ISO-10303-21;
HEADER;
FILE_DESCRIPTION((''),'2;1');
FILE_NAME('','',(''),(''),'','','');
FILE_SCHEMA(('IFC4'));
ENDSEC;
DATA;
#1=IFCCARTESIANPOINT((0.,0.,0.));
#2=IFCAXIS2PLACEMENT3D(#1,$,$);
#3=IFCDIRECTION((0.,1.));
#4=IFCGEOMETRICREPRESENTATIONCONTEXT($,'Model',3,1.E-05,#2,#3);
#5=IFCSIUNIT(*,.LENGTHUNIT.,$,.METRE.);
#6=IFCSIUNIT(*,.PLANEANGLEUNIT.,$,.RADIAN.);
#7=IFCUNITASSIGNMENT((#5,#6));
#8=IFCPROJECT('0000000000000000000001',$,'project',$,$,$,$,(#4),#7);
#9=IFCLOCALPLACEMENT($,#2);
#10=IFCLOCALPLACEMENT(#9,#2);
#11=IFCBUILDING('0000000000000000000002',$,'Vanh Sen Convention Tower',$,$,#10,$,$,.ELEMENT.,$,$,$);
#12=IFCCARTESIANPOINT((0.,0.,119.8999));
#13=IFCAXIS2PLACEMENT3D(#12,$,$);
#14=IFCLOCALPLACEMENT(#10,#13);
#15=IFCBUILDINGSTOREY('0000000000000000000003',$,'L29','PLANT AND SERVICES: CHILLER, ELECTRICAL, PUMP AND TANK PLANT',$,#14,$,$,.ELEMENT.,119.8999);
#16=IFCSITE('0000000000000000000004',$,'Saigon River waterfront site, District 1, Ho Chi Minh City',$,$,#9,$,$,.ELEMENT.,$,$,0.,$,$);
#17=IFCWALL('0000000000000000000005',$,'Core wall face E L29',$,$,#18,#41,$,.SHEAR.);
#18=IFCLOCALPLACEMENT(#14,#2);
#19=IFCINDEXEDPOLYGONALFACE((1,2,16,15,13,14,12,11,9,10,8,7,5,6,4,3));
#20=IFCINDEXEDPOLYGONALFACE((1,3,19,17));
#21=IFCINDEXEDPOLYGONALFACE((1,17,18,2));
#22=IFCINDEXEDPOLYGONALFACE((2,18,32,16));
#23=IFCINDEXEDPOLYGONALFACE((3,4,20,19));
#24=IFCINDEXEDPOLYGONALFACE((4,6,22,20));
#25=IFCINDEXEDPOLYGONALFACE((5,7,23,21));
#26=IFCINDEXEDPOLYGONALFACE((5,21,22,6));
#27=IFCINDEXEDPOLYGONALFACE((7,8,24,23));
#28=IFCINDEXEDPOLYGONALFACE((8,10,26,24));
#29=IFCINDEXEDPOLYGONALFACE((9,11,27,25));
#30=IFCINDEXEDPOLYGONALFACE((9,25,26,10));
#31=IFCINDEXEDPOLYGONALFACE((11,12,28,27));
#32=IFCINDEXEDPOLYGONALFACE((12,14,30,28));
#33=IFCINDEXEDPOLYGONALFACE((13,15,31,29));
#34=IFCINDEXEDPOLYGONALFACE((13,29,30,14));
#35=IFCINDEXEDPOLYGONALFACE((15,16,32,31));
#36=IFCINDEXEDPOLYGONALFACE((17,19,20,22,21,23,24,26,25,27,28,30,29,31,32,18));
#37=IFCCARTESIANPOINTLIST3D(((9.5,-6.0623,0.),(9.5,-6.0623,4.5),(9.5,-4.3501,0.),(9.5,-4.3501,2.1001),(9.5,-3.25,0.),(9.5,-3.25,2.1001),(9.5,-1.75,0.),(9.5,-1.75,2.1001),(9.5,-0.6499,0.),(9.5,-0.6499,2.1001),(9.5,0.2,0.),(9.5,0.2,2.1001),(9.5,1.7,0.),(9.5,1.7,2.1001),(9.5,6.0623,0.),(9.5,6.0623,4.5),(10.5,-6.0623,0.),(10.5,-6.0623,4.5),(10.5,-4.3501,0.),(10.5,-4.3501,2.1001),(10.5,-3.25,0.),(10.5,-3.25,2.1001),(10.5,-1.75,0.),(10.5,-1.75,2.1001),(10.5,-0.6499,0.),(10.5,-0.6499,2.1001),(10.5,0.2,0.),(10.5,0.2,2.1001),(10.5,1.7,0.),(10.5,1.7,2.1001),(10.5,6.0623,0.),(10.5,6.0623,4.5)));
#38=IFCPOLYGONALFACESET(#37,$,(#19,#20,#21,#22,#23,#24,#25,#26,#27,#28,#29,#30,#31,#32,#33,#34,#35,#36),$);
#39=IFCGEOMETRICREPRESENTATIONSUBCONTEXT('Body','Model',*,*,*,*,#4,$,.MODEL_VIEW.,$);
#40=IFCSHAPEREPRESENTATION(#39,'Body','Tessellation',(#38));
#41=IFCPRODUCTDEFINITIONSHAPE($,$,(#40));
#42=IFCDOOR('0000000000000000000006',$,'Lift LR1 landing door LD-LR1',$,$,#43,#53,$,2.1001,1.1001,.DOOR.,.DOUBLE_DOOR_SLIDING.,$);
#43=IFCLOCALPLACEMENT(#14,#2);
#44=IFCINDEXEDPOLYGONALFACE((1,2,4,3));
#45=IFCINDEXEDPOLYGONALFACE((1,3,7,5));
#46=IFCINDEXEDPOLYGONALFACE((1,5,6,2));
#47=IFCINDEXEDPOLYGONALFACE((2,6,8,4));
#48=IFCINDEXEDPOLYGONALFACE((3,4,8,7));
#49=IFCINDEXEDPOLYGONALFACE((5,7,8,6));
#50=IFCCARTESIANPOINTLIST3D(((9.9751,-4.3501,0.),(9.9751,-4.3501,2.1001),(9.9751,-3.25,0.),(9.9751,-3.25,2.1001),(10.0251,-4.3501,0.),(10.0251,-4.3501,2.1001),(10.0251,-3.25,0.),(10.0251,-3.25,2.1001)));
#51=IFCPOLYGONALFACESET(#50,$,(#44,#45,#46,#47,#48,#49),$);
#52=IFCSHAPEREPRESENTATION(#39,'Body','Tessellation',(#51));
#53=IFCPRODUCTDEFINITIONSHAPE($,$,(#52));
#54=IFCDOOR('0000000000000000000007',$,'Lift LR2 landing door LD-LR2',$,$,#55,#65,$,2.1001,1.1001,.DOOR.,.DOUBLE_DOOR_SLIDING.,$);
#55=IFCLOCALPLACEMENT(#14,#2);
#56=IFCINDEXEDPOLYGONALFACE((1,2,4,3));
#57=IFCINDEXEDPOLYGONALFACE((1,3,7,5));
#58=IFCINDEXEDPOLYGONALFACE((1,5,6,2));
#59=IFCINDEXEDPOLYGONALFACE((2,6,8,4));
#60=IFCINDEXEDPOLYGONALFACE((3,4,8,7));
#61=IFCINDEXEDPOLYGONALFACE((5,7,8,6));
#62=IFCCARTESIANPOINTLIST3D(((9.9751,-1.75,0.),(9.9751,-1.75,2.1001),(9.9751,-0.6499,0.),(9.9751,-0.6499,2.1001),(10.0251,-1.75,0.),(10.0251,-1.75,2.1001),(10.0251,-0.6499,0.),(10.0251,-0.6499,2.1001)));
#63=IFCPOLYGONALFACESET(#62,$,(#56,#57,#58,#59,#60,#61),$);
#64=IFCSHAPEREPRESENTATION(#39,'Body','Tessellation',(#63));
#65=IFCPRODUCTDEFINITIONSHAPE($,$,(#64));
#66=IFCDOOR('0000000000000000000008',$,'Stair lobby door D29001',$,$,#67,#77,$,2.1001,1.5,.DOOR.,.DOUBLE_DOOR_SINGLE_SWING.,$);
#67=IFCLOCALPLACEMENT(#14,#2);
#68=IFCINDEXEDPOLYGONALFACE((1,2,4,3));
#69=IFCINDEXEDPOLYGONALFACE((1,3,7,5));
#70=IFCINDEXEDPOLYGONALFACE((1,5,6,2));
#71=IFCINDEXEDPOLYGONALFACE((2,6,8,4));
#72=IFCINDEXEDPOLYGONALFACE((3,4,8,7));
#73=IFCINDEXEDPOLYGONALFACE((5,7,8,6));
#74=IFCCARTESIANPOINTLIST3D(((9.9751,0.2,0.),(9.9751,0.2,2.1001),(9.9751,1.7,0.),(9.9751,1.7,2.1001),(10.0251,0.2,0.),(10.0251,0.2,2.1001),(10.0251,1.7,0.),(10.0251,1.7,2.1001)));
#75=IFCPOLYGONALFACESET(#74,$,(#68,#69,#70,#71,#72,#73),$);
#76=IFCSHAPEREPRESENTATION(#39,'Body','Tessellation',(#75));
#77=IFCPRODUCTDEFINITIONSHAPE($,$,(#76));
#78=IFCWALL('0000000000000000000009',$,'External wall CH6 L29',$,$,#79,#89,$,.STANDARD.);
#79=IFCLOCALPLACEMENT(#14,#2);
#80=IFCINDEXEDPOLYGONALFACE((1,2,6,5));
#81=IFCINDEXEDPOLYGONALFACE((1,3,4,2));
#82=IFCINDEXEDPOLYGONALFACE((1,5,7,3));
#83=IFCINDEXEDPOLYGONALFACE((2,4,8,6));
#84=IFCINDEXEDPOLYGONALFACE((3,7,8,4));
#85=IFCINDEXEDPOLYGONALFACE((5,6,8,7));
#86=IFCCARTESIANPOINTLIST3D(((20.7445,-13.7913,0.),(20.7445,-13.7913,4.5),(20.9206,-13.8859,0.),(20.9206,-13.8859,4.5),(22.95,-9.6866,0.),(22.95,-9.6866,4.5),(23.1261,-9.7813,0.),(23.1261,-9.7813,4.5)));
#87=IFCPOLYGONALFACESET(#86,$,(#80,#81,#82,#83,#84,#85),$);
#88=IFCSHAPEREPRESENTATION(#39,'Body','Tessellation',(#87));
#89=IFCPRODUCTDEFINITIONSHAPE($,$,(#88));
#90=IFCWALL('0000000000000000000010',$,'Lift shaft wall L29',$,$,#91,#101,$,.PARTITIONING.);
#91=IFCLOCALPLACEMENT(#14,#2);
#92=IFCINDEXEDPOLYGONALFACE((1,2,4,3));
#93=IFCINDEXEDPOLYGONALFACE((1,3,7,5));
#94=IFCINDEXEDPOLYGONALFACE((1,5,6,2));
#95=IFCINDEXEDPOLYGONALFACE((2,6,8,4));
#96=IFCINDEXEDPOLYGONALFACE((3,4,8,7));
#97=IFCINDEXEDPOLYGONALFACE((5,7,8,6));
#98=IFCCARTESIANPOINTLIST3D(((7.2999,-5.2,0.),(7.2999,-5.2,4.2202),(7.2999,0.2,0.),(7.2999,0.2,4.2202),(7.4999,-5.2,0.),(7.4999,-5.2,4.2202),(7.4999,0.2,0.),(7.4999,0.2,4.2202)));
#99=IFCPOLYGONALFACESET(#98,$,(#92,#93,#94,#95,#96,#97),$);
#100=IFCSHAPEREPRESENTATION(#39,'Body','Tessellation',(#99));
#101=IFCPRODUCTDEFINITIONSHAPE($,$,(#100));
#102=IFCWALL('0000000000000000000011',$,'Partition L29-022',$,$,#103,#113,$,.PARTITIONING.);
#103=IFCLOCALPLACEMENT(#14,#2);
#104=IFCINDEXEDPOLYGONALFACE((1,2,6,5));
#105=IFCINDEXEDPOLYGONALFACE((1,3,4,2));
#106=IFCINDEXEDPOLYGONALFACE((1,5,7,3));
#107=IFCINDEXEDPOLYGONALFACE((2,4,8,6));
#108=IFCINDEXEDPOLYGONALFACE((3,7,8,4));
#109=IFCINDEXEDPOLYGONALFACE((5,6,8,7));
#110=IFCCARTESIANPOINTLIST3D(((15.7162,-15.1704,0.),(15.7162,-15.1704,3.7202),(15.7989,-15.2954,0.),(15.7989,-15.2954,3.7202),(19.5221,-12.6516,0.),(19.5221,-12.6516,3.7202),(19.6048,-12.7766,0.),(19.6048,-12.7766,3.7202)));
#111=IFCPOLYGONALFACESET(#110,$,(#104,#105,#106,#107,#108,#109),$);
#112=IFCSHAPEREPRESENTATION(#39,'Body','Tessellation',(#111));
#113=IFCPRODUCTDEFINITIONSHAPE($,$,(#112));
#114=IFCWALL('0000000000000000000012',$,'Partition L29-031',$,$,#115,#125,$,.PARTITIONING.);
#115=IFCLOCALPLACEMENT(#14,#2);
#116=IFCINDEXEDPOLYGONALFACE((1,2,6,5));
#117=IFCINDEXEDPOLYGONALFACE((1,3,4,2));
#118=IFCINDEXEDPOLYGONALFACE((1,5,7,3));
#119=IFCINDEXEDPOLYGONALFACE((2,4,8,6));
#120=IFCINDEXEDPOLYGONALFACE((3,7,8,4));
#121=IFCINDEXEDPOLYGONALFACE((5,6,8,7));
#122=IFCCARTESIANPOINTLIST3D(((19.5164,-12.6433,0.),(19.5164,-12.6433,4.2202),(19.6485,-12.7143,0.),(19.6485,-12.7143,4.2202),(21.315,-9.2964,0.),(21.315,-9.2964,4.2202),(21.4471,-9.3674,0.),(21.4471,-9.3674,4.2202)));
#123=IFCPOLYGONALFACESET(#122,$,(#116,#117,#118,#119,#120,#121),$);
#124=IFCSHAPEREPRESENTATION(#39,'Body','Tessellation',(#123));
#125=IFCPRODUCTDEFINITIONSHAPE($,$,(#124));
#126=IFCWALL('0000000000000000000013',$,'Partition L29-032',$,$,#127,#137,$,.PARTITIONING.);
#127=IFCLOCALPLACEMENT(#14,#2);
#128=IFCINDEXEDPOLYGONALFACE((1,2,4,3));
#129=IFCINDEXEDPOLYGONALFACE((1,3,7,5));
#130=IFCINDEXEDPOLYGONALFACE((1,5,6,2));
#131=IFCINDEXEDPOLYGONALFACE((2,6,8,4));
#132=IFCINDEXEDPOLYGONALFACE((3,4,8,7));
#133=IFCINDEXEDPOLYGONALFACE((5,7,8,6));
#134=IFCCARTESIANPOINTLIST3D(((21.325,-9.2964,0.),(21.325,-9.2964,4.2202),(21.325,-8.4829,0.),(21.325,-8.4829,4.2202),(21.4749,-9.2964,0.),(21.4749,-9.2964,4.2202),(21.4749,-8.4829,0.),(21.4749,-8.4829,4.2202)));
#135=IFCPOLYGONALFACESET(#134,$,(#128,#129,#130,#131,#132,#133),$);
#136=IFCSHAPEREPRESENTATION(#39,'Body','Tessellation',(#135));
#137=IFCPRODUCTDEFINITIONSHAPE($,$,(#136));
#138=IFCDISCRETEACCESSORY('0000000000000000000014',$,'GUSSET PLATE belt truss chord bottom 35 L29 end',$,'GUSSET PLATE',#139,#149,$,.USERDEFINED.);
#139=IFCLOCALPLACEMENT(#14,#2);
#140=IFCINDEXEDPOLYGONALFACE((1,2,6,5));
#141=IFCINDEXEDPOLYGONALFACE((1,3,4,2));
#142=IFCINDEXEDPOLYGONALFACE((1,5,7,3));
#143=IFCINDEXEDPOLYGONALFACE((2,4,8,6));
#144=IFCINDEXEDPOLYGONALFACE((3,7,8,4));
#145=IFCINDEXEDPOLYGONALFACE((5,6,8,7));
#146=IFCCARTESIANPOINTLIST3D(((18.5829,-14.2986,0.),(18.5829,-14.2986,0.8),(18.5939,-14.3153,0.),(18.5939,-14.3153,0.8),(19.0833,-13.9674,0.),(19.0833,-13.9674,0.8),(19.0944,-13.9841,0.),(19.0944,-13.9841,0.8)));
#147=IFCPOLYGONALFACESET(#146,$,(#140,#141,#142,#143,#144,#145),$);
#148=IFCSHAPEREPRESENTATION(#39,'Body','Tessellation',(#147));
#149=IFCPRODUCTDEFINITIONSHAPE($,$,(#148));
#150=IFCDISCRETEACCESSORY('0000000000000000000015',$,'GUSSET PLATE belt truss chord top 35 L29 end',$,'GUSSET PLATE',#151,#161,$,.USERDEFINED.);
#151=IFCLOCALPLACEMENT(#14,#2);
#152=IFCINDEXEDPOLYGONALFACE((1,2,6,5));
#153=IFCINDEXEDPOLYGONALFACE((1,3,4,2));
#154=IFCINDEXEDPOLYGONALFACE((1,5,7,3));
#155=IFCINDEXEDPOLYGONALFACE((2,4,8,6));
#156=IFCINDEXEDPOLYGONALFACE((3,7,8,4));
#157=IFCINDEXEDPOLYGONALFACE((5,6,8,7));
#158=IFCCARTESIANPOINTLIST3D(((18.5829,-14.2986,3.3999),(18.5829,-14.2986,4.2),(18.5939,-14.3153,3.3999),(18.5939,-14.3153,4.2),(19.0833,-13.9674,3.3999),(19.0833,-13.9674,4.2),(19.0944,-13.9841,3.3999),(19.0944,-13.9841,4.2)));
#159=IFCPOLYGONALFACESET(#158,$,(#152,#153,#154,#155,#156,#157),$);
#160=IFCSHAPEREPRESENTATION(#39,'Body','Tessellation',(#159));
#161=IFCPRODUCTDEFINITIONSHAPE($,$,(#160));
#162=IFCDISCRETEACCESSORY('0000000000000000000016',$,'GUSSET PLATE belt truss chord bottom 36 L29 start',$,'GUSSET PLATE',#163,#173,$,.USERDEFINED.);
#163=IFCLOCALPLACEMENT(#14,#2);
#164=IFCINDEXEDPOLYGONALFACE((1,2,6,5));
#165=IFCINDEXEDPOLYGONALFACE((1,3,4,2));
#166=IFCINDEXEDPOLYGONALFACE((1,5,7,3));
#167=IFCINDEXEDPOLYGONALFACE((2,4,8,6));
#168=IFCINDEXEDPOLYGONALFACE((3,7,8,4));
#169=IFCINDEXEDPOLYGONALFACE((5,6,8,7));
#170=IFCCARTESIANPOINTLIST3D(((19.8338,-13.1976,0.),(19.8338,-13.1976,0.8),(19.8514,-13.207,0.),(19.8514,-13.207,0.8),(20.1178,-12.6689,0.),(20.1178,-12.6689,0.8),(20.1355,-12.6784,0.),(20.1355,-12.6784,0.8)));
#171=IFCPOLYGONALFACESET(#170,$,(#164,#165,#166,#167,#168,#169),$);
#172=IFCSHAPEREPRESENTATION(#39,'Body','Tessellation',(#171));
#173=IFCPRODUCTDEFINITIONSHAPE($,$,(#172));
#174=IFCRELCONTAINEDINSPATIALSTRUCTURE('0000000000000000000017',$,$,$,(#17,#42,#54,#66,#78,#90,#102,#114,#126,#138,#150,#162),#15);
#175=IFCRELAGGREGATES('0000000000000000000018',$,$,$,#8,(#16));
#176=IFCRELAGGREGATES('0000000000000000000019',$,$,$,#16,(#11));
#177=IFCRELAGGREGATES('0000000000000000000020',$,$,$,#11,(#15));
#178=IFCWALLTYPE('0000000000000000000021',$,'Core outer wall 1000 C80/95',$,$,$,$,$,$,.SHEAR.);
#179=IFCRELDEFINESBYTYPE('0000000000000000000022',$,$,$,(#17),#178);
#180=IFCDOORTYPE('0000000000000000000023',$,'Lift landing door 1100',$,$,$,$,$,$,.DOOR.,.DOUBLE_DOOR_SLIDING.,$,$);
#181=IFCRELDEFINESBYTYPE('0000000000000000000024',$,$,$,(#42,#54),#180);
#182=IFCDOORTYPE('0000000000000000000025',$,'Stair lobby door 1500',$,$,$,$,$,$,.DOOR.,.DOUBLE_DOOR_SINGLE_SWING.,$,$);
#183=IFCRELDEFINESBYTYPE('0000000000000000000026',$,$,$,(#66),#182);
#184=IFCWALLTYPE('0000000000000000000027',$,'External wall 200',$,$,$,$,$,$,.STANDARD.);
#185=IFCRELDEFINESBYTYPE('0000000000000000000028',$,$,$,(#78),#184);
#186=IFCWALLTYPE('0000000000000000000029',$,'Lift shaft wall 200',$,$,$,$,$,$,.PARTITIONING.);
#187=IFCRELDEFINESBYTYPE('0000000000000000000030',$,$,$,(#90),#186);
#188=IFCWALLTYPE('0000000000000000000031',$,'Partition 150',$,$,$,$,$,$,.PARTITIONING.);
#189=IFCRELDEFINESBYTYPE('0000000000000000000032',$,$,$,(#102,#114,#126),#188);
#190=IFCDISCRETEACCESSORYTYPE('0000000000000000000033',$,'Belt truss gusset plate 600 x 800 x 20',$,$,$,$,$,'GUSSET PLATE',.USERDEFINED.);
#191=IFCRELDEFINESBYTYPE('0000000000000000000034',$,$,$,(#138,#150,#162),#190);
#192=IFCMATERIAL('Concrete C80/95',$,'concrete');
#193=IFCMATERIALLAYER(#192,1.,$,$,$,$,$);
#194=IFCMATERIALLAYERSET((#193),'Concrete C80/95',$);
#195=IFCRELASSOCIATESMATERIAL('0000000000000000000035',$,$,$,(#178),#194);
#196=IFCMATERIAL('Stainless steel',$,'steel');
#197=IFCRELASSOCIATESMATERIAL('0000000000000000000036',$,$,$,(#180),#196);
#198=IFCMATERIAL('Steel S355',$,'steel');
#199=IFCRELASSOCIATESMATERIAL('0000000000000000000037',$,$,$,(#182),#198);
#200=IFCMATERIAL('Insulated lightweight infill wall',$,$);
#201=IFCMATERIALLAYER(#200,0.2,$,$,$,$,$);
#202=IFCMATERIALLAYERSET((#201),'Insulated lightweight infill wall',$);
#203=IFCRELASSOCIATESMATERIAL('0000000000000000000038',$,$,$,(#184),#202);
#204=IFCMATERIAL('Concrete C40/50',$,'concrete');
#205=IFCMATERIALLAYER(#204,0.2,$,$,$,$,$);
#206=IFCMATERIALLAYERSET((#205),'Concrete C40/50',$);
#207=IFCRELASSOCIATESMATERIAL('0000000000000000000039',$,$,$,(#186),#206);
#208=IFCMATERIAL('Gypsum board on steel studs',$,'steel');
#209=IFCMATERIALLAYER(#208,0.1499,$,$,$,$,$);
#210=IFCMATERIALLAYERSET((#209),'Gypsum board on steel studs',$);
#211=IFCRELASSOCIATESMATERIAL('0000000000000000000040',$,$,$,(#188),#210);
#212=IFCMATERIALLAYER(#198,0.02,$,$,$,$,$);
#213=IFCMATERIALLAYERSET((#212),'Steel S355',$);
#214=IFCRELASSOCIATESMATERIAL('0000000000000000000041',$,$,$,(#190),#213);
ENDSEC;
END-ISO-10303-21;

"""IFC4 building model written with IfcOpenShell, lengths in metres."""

from ifc_helpers import new_model, si_unit, direction, frame, frame_2d, origin, origin_2d, place, context, subcontext, project, spatial, rectangle, extrude, material, layer, layer_set, type_object, element, fill, save


model = new_model("IFC4")

# Units and contexts
model_context = context("Model", 3, precision=1e-05, world=origin(), true_north=direction((0.0, 1.0)))
body_context = subcontext(model_context, "Body", "Model", "MODEL_VIEW")
ifc_project = project(units=[si_unit("LENGTHUNIT", "METRE"), si_unit("PLANEANGLEUNIT", "RADIAN")], contexts=[model_context])

# Site, building, storey
site_placement = place(None, origin())
site = spatial("IfcSite", under=ifc_project, at=site_placement, Name="Saigon River waterfront site, District 1, Ho Chi Minh City", CompositionType="ELEMENT", RefElevation=0.0)
building_placement = place(site_placement, origin())
building = spatial("IfcBuilding", under=site, at=building_placement, Name="Vanh Sen Convention Tower", CompositionType="ELEMENT")
storey_placement = place(building_placement, frame((0.0, 0.0, 119.8999)))
storey = spatial("IfcBuildingStorey", under=building, at=storey_placement, Name="L29", Description="PLANT AND SERVICES: CHILLER, ELECTRICAL, PUMP AND TANK PLANT", CompositionType="ELEMENT", Elevation=119.8999)

# Shared definitions
ifc_material_1 = material(Name="Concrete C80/95", Category="concrete")

# Shared definitions
ifc_material_2 = material(Name="Steel S355", Category="steel")

# Shared definitions
ifc_material_3 = material(Name="Concrete C40/50", Category="concrete")

# Wall, openings, doors
ifc_layer_1 = layer(ifc_material_1, 1.0)
ifc_layer_set_1 = layer_set([ifc_layer_1], Name="Concrete C80/95")
wall_type_1 = type_object("IfcWallType", Name="Core outer wall 1000 C80/95", PredefinedType="SHEAR", material=ifc_layer_set_1)
wall_1_placement = place(storey_placement, frame((10.0, -6.0623, 0.0), z_axis=(0.0, 0.0, 1.0), x_axis=(0.0, 1.0, 0.0)))
wall_1 = element("IfcWall", 1, at=wall_1_placement, inside=storey, type_object=wall_type_1, Name="Core wall face E L29", PredefinedType="SHEAR", context=body_context, shape_type="SweptSolid", body=[
    extrude(rectangle(XDim=12.1245, YDim=1.0, at=frame_2d((6.0623, 0.0))), origin(), (0.0, 0.0, 1.0), 4.5),
])
opening_1_placement = place(wall_1_placement, frame((6.2622, 0.0, 0.0)))
opening_1 = element("IfcOpeningElement", 2, at=opening_1_placement, cuts=wall_1, PredefinedType="OPENING", context=body_context, shape_type="SweptSolid", body=[
    extrude(rectangle(XDim=1.5, YDim=2.1001, at=frame_2d((0.75, 1.05))), frame((0.0, 0.51, 0.0), z_axis=(0.0, -1.0, 0.0), x_axis=(1.0, 0.0, 0.0)), (0.0, 0.0, 1.0), 1.02),
])
opening_2_placement = place(wall_1_placement, frame((1.7122, 0.0, 0.0)))
opening_2 = element("IfcOpeningElement", 3, at=opening_2_placement, cuts=wall_1, PredefinedType="OPENING", context=body_context, shape_type="SweptSolid", body=[
    extrude(rectangle(XDim=1.1001, YDim=2.1001, at=frame_2d((0.55, 1.05))), frame((0.0, 0.51, 0.0), z_axis=(0.0, -1.0, 0.0), x_axis=(1.0, 0.0, 0.0)), (0.0, 0.0, 1.0), 1.02),
])
opening_3_placement = place(wall_1_placement, frame((4.3123, 0.0, 0.0)))
opening_3 = element("IfcOpeningElement", 4, at=opening_3_placement, cuts=wall_1, PredefinedType="OPENING", context=body_context, shape_type="SweptSolid", body=[
    extrude(rectangle(XDim=1.1001, YDim=2.1001, at=frame_2d((0.55, 1.05))), frame((0.0, 0.51, 0.0), z_axis=(0.0, -1.0, 0.0), x_axis=(1.0, 0.0, 0.0)), (0.0, 0.0, 1.0), 1.02),
])
ifc_material_4 = material(Name="Stainless steel", Category="steel")
door_type_1 = type_object("IfcDoorType", Name="Lift landing door 1100", OperationType="DOUBLE_DOOR_SLIDING", PredefinedType="DOOR", material=ifc_material_4)
door_1_placement = place(opening_2_placement, origin())
door_1 = element("IfcDoor", 5, at=door_1_placement, inside=storey, type_object=door_type_1, Name="Lift LR1 landing door LD-LR1", OperationType="DOUBLE_DOOR_SLIDING", OverallHeight=2.1001, OverallWidth=1.1001, PredefinedType="DOOR", context=body_context, shape_type="SweptSolid", body=[
    extrude(rectangle(XDim=1.1001, YDim=2.1001, at=frame_2d((0.55, 1.05))), frame((0.0, 0.0249, 0.0), z_axis=(0.0, -1.0, 0.0), x_axis=(1.0, 0.0, 0.0)), (0.0, 0.0, 1.0), 0.05),
])
fill(opening_2, door_1)
door_2_placement = place(opening_3_placement, origin())
door_2 = element("IfcDoor", 6, at=door_2_placement, inside=storey, type_object=door_type_1, Name="Lift LR2 landing door LD-LR2", OperationType="DOUBLE_DOOR_SLIDING", OverallHeight=2.1001, OverallWidth=1.1001, PredefinedType="DOOR", context=body_context, shape_type="SweptSolid", body=[
    extrude(rectangle(XDim=1.1001, YDim=2.1001, at=frame_2d((0.55, 1.05))), frame((0.0, 0.0249, 0.0), z_axis=(0.0, -1.0, 0.0), x_axis=(1.0, 0.0, 0.0)), (0.0, 0.0, 1.0), 0.05),
])
fill(opening_3, door_2)
door_type_2 = type_object("IfcDoorType", Name="Stair lobby door 1500", OperationType="DOUBLE_DOOR_SINGLE_SWING", PredefinedType="DOOR", material=ifc_material_2)
door_3_placement = place(opening_1_placement, origin())
door_3 = element("IfcDoor", 7, at=door_3_placement, inside=storey, type_object=door_type_2, Name="Stair lobby door D29001", OperationType="DOUBLE_DOOR_SINGLE_SWING", OverallHeight=2.1001, OverallWidth=1.5, PredefinedType="DOOR", context=body_context, shape_type="SweptSolid", body=[
    extrude(rectangle(XDim=1.5, YDim=2.1001, at=frame_2d((0.75, 1.05))), frame((0.0, 0.0249, 0.0), z_axis=(0.0, -1.0, 0.0), x_axis=(1.0, 0.0, 0.0)), (0.0, 0.0, 1.0), 0.05),
])
fill(opening_1, door_3)

# Walls
ifc_material_5 = material(Name="Insulated lightweight infill wall")
ifc_layer_2 = layer(ifc_material_5, 0.2)
ifc_layer_set_2 = layer_set([ifc_layer_2], Name="Insulated lightweight infill wall")
wall_type_2 = type_object("IfcWallType", Name="External wall 200", PredefinedType="STANDARD", material=ifc_layer_set_2)
wall_2_placement = place(storey_placement, frame((20.8325, -13.8386, 0.0), z_axis=(0.0, 0.0, 1.0), x_axis=(0.473322, 0.88089, 0.0)))
element("IfcWall", 8, at=wall_2_placement, inside=storey, type_object=wall_type_2, Name="External wall CH6 L29", PredefinedType="STANDARD", context=body_context, shape_type="SweptSolid", body=[
    extrude(rectangle(XDim=4.6597, YDim=0.2, at=frame_2d((2.3298, 0.0))), origin(), (0.0, 0.0, 1.0), 4.5),
])
ifc_layer_3 = layer(ifc_material_3, 0.2)
ifc_layer_set_3 = layer_set([ifc_layer_3], Name="Concrete C40/50")
wall_type_3 = type_object("IfcWallType", Name="Lift shaft wall 200", PredefinedType="PARTITIONING", material=ifc_layer_set_3)
wall_3_placement = place(storey_placement, frame((7.3999, -5.2, 0.0), z_axis=(0.0, 0.0, 1.0), x_axis=(0.0, 1.0, 0.0)))
element("IfcWall", 9, at=wall_3_placement, inside=storey, type_object=wall_type_3, Name="Lift shaft wall L29", PredefinedType="PARTITIONING", context=body_context, shape_type="SweptSolid", body=[
    extrude(rectangle(XDim=5.3999, YDim=0.2, at=frame_2d((2.7, 0.0))), origin(), (0.0, 0.0, 1.0), 4.2202),
])
ifc_material_6 = material(Name="Gypsum board on steel studs", Category="steel")
ifc_layer_4 = layer(ifc_material_6, 0.1499)
ifc_layer_set_4 = layer_set([ifc_layer_4], Name="Gypsum board on steel studs")
wall_type_4 = type_object("IfcWallType", Name="Partition 150", PredefinedType="PARTITIONING", material=ifc_layer_set_4)
wall_4_placement = place(storey_placement, frame((19.5635, -12.7141, 0.0), z_axis=(0.0, 0.0, 1.0), x_axis=(-0.833914, -0.551895, 0.0)))
element("IfcWall", 10, at=wall_4_placement, inside=storey, type_object=wall_type_4, Name="Partition L29-022", PredefinedType="PARTITIONING", context=body_context, shape_type="SweptSolid", body=[
    extrude(rectangle(XDim=4.564, YDim=0.1499, at=frame_2d((2.282, 0.0))), origin(), (0.0, 0.0, 1.0), 3.7202),
])
wall_5_placement = place(storey_placement, frame((21.3811, -9.3318, 0.0), z_axis=(0.0, 0.0, 1.0), x_axis=(-0.473364, -0.880867, 0.0)))
element("IfcWall", 11, at=wall_5_placement, inside=storey, type_object=wall_type_4, Name="Partition L29-031", PredefinedType="PARTITIONING", context=body_context, shape_type="SweptSolid", body=[
    extrude(rectangle(XDim=3.7996, YDim=0.1499, at=frame_2d((1.8999, 0.0))), origin(), (0.0, 0.0, 1.0), 4.2202),
])
wall_6_placement = place(storey_placement, frame((21.3999, -8.4829, 0.0), z_axis=(0.0, 0.0, 1.0), x_axis=(0.0, -1.0, 0.0)))
element("IfcWall", 12, at=wall_6_placement, inside=storey, type_object=wall_type_4, Name="Partition L29-032", PredefinedType="PARTITIONING", context=body_context, shape_type="SweptSolid", body=[
    extrude(rectangle(XDim=0.8135, YDim=0.1499, at=frame_2d((0.4067, 0.0))), origin(), (0.0, 0.0, 1.0), 4.2202),
])

# Discrete accessories
ifc_layer_5 = layer(ifc_material_2, 0.02)
ifc_layer_set_5 = layer_set([ifc_layer_5], Name="Steel S355")
discrete_accessory_type = type_object("IfcDiscreteAccessoryType", Name="Belt truss gusset plate 600 x 800 x 20", ElementType="GUSSET PLATE", PredefinedType="USERDEFINED", material=ifc_layer_set_5)
for number, where, z_axis, x_axis, name in (
    (13, (18.8386, -14.1414, 0.0), (0.0, 0.0, 1.0), (-0.83388, -0.551946, 0.0), "GUSSET PLATE belt truss chord bottom 35 L29 end"),
    (14, (18.8386, -14.1414, 3.3999), (0.0, 0.0, 1.0), (-0.83388, -0.551946, 0.0), "GUSSET PLATE belt truss chord top 35 L29 end"),
    (15, (19.9846, -12.938, 0.0), (0.0, 0.0, 1.0), (0.473323, 0.880889, 0.0), "GUSSET PLATE belt truss chord bottom 36 L29 start"),
):
    element("IfcDiscreteAccessory", number, at=place(storey_placement, frame(where, z_axis=z_axis, x_axis=x_axis)), inside=storey, type_object=discrete_accessory_type, Name=name, ObjectType="GUSSET PLATE", PredefinedType="USERDEFINED", context=body_context, shape_type="SweptSolid", body=[
        extrude(rectangle(XDim=0.6001, YDim=0.02, at=origin_2d()), origin(), (0.0, 0.0, 1.0), 0.8),
    ])

save(model, "model.ifc")
